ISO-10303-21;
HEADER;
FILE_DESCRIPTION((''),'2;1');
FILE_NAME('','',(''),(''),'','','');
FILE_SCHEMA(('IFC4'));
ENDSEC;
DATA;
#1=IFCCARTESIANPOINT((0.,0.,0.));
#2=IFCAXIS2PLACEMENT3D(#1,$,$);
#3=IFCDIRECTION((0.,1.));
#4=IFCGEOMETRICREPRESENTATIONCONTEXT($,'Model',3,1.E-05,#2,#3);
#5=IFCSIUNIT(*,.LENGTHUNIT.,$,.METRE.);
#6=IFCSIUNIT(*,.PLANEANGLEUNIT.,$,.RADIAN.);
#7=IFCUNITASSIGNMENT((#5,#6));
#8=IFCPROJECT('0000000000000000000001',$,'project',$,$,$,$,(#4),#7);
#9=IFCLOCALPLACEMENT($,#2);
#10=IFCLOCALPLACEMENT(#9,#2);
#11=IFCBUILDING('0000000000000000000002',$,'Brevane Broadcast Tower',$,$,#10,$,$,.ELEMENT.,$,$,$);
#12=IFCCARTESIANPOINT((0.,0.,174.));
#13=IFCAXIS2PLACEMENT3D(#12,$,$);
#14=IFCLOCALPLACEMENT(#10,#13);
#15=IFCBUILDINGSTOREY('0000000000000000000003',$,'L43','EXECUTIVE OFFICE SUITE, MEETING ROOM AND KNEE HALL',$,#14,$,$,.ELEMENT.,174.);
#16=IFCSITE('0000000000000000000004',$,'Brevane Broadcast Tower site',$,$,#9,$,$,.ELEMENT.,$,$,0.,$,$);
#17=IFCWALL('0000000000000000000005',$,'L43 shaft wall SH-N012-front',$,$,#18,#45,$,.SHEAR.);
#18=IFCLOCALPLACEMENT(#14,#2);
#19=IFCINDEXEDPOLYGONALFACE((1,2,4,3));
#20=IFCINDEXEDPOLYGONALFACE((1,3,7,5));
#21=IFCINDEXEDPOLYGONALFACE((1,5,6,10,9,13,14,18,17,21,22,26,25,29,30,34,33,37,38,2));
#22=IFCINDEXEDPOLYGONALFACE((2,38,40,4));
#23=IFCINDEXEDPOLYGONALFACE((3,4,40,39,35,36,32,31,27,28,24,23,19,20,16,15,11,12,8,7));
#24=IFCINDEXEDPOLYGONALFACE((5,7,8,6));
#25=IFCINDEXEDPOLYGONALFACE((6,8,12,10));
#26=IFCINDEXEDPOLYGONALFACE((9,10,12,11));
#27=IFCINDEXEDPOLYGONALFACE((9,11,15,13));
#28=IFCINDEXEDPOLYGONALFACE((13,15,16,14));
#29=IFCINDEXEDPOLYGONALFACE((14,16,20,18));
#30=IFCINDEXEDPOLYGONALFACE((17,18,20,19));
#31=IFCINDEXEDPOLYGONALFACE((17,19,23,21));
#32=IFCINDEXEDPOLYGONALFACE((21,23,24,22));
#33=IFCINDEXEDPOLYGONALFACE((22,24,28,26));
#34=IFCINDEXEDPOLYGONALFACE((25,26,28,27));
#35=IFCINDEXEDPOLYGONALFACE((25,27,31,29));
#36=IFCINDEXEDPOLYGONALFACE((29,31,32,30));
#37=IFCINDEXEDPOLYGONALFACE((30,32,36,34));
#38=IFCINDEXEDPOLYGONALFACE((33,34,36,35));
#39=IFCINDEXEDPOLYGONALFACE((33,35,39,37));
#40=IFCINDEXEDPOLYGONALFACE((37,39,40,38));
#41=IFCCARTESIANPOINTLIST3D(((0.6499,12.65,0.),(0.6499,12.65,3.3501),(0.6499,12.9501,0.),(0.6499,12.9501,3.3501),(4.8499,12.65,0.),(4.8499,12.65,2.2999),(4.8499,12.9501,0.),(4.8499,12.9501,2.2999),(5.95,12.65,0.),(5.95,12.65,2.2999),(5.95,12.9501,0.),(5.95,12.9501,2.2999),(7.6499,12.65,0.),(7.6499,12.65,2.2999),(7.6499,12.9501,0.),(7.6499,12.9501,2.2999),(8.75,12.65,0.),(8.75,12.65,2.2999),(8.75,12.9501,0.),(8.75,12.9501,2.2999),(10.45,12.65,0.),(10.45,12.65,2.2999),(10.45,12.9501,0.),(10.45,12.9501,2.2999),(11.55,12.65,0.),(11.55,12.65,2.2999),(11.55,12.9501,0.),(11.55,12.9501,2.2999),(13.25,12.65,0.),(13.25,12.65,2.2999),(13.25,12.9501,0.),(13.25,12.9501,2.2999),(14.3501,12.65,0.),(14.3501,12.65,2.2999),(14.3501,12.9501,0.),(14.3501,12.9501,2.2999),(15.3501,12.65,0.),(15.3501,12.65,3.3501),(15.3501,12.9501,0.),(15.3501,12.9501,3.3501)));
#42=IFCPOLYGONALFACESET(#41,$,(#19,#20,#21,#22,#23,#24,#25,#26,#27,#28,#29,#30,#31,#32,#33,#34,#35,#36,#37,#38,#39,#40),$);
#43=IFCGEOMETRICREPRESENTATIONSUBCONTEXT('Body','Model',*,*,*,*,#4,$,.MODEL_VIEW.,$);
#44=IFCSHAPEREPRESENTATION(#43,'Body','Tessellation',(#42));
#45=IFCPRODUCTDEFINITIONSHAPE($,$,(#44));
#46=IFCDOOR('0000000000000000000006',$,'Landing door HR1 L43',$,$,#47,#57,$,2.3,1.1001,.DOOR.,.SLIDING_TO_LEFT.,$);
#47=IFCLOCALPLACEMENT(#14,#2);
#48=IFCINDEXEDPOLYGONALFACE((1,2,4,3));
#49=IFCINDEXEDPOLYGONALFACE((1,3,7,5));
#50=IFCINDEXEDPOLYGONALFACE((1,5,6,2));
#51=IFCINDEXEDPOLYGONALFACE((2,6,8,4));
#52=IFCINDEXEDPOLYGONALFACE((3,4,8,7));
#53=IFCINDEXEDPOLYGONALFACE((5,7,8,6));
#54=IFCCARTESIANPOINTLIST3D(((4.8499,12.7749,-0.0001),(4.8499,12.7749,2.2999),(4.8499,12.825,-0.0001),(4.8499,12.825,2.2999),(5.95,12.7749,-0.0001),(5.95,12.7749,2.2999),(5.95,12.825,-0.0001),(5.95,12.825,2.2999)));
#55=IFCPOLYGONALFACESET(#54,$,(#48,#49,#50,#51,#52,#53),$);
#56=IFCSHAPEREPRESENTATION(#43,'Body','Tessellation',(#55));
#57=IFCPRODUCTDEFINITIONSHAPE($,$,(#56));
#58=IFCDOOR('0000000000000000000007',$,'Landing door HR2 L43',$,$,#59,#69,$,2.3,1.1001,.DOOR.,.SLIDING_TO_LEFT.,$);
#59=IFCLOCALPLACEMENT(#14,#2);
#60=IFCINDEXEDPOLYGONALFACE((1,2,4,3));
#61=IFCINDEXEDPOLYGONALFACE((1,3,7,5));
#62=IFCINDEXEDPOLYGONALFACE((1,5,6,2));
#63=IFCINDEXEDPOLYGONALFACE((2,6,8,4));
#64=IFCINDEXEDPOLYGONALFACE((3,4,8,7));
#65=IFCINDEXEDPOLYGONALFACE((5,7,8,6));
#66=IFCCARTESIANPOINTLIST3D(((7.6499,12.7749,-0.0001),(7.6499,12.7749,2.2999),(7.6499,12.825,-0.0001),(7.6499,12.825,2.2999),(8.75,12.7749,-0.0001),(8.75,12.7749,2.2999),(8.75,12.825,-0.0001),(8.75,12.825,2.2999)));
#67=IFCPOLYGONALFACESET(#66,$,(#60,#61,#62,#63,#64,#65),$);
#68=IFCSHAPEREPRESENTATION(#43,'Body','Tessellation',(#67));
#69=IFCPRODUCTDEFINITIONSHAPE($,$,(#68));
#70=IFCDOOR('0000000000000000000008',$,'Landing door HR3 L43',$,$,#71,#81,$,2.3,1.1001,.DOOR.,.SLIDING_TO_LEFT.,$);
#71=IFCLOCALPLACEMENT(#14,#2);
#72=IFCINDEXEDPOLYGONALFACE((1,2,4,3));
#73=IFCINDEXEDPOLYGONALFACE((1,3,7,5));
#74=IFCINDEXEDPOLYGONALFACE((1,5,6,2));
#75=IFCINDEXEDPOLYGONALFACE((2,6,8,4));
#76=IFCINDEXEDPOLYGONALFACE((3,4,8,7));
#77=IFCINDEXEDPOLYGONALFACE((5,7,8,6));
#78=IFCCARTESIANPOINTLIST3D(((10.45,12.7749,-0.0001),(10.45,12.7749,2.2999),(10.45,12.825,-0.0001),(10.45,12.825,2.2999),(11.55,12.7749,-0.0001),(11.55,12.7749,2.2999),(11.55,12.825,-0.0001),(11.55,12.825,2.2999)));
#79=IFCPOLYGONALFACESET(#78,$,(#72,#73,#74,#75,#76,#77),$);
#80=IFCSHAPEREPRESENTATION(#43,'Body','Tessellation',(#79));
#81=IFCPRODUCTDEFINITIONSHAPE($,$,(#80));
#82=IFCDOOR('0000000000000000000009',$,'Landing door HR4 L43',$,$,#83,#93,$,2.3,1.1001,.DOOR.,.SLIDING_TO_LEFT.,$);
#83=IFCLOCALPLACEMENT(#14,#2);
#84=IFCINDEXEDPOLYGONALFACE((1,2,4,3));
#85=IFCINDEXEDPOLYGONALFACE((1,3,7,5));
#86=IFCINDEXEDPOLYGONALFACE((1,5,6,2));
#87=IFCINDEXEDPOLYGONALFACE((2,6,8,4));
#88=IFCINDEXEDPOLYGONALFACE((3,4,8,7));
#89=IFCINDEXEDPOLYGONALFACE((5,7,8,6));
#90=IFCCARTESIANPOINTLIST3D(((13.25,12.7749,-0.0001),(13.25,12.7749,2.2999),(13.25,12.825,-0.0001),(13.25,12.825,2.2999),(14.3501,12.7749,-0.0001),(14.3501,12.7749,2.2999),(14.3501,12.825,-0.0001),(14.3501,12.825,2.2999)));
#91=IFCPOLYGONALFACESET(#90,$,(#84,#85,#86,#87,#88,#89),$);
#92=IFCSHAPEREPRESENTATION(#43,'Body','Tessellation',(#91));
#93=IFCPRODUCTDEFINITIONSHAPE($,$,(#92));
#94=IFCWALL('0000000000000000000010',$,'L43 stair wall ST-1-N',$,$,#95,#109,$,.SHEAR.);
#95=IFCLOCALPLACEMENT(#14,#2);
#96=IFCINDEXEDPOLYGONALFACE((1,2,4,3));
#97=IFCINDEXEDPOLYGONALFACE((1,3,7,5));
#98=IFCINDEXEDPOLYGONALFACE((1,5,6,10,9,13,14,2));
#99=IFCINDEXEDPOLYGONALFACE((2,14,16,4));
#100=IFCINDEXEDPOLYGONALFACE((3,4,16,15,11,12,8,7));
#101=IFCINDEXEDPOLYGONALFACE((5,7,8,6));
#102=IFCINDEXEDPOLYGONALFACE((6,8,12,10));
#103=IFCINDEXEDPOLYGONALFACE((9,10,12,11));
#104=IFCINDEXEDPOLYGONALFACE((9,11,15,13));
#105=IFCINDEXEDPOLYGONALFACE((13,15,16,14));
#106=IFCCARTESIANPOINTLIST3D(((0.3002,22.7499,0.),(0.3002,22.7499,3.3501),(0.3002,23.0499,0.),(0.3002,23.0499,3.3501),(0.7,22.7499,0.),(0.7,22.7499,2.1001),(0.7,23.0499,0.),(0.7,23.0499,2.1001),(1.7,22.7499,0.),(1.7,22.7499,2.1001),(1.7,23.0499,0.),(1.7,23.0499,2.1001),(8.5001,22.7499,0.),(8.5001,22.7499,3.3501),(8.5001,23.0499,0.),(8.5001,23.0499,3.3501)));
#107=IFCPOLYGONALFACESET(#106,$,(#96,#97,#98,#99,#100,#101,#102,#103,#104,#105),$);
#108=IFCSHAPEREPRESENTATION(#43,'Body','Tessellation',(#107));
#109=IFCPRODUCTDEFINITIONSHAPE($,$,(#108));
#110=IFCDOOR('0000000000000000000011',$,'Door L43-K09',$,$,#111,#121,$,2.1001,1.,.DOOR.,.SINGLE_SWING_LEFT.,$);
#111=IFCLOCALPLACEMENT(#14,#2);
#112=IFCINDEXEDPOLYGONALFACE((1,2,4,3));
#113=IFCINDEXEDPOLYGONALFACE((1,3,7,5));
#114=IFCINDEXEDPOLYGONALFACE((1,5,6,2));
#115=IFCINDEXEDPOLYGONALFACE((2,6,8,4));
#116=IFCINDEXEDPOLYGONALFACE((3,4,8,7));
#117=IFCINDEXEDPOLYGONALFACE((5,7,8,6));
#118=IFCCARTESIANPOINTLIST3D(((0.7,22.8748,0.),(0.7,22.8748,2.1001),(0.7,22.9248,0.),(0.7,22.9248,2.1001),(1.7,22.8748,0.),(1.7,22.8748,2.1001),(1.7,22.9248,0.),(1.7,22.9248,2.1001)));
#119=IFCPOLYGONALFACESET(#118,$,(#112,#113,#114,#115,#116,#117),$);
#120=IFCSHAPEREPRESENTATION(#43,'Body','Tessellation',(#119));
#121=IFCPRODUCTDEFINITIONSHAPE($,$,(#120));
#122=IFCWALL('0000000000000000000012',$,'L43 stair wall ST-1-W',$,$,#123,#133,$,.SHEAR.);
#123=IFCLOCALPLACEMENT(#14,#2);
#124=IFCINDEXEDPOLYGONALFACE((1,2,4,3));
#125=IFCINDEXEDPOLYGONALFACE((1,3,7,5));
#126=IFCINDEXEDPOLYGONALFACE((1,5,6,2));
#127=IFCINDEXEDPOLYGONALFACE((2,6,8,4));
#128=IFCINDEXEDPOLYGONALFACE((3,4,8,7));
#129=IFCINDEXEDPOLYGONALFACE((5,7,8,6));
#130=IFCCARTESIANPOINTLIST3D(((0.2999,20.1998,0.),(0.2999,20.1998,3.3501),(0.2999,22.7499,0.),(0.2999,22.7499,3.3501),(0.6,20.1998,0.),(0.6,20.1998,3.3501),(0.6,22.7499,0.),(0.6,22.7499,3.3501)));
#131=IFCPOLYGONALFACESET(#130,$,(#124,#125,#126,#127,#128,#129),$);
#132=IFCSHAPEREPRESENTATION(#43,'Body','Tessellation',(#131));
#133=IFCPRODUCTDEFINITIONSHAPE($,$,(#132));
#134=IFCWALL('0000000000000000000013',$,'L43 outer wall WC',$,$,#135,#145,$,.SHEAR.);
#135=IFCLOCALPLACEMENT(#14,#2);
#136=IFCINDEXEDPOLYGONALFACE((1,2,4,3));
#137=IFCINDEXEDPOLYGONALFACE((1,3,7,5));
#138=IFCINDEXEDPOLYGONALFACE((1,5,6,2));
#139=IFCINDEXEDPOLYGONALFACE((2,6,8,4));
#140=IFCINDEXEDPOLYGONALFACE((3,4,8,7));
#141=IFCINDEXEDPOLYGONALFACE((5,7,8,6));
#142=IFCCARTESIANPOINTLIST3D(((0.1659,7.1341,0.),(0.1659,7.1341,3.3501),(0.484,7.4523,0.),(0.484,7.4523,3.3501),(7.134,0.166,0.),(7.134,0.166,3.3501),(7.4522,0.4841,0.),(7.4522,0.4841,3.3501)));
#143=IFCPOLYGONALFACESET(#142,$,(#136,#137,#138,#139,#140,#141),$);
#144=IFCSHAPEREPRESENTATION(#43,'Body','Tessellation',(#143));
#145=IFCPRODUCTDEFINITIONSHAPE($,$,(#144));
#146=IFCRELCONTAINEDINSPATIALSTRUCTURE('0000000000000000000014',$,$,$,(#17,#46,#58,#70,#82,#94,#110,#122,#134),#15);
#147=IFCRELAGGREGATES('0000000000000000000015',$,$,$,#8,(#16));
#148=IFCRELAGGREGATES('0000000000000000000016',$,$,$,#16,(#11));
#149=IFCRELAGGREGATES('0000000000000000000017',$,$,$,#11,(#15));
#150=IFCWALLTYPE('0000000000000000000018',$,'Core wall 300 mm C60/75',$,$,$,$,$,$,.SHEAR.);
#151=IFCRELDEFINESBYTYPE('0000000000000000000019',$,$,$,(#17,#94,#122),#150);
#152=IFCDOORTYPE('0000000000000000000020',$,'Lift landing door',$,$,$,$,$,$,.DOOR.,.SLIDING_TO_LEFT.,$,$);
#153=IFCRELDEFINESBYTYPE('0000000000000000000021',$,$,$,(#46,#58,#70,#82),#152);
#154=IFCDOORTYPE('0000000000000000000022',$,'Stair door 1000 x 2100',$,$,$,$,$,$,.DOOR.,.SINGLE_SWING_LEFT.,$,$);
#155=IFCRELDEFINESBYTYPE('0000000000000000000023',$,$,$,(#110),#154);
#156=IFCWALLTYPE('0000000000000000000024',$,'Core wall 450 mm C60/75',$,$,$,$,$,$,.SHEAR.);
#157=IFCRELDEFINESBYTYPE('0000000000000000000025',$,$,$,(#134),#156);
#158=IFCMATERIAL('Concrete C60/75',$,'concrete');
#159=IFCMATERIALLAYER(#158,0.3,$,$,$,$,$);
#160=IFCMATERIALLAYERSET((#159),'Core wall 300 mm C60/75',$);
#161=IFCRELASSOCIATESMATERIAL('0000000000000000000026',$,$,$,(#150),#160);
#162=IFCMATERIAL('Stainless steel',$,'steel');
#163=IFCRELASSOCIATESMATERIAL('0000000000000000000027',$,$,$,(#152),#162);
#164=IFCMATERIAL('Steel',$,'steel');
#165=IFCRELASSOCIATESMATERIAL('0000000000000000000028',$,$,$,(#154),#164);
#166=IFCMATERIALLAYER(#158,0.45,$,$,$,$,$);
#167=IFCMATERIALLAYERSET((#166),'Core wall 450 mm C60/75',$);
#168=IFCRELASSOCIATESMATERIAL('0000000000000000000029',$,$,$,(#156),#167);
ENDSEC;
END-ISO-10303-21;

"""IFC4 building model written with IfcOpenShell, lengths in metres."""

from ifc_helpers import new_model, si_unit, direction, frame, frame_2d, origin, place, context, subcontext, project, spatial, rectangle, extrude, material, layer, layer_set, type_object, element, fill, save


model = new_model("IFC4")

# Units and contexts
model_context = context("Model", 3, precision=1e-05, world=origin(), true_north=direction((0.0, 1.0)))
body_context = subcontext(model_context, "Body", "Model", "MODEL_VIEW")
ifc_project = project(units=[si_unit("LENGTHUNIT", "METRE"), si_unit("PLANEANGLEUNIT", "RADIAN")], contexts=[model_context])

# Site, building, storey
site_placement = place(None, origin())
site = spatial("IfcSite", under=ifc_project, at=site_placement, Name="Brevane Broadcast Tower site", CompositionType="ELEMENT", RefElevation=0.0)
building_placement = place(site_placement, origin())
building = spatial("IfcBuilding", under=site, at=building_placement, Name="Brevane Broadcast Tower", CompositionType="ELEMENT")
storey_placement = place(building_placement, frame((0.0, 0.0, 174.0)))
storey = spatial("IfcBuildingStorey", under=building, at=storey_placement, Name="L43", Description="EXECUTIVE OFFICE SUITE, MEETING ROOM AND KNEE HALL", CompositionType="ELEMENT", Elevation=174.0)

# Shared definitions
ifc_material_1 = material(Name="Concrete C60/75", Category="concrete")

# Wall, openings, doors
ifc_layer_1 = layer(ifc_material_1, 0.3)
ifc_layer_set_1 = layer_set([ifc_layer_1], Name="Core wall 300 mm C60/75")
wall_type_1 = type_object("IfcWallType", Name="Core wall 300 mm C60/75", PredefinedType="SHEAR", material=ifc_layer_set_1)
wall_1_placement = place(storey_placement, frame((0.6499, 12.8, 0.0), z_axis=(0.0, 0.0, 1.0), x_axis=(1.0, 0.0, 0.0)))
wall_1 = element("IfcWall", 1, at=wall_1_placement, inside=storey, type_object=wall_type_1, Name="L43 shaft wall SH-N012-front", PredefinedType="SHEAR", context=body_context, shape_type="SweptSolid", body=[
    extrude(rectangle(XDim=14.7002, YDim=0.3, at=frame_2d((7.3501, 0.0))), origin(), (0.0, 0.0, 1.0), 3.3501),
])
opening_1_placement = place(wall_1_placement, frame((4.2, 0.0, 0.0)))
opening_1 = element("IfcOpeningElement", 2, at=opening_1_placement, cuts=wall_1, PredefinedType="OPENING", context=body_context, shape_type="SweptSolid", body=[
    extrude(rectangle(XDim=1.1001, YDim=2.3, at=frame_2d((0.55, 1.1499))), frame((0.0, 0.1599, 0.0), z_axis=(0.0, -1.0, 0.0), x_axis=(1.0, 0.0, 0.0)), (0.0, 0.0, 1.0), 0.3201),
])
opening_2_placement = place(wall_1_placement, frame((7.0, 0.0, 0.0)))
opening_2 = element("IfcOpeningElement", 3, at=opening_2_placement, cuts=wall_1, PredefinedType="OPENING", context=body_context, shape_type="SweptSolid", body=[
    extrude(rectangle(XDim=1.1001, YDim=2.3, at=frame_2d((0.55, 1.1499))), frame((0.0, 0.1599, 0.0), z_axis=(0.0, -1.0, 0.0), x_axis=(1.0, 0.0, 0.0)), (0.0, 0.0, 1.0), 0.3201),
])
opening_3_placement = place(wall_1_placement, frame((9.8, 0.0, 0.0)))
opening_3 = element("IfcOpeningElement", 4, at=opening_3_placement, cuts=wall_1, PredefinedType="OPENING", context=body_context, shape_type="SweptSolid", body=[
    extrude(rectangle(XDim=1.1001, YDim=2.3, at=frame_2d((0.55, 1.1499))), frame((0.0, 0.1599, 0.0), z_axis=(0.0, -1.0, 0.0), x_axis=(1.0, 0.0, 0.0)), (0.0, 0.0, 1.0), 0.3201),
])
opening_4_placement = place(wall_1_placement, frame((12.6001, 0.0, 0.0)))
opening_4 = element("IfcOpeningElement", 5, at=opening_4_placement, cuts=wall_1, PredefinedType="OPENING", context=body_context, shape_type="SweptSolid", body=[
    extrude(rectangle(XDim=1.1001, YDim=2.3, at=frame_2d((0.55, 1.1499))), frame((0.0, 0.1599, 0.0), z_axis=(0.0, -1.0, 0.0), x_axis=(1.0, 0.0, 0.0)), (0.0, 0.0, 1.0), 0.3201),
])
ifc_material_2 = material(Name="Stainless steel", Category="steel")
door_type_1 = type_object("IfcDoorType", Name="Lift landing door", OperationType="SLIDING_TO_LEFT", PredefinedType="DOOR", material=ifc_material_2)
door_1_placement = place(opening_1_placement, origin())
door_1 = element("IfcDoor", 6, at=door_1_placement, inside=storey, type_object=door_type_1, Name="Landing door HR1 L43", OperationType="SLIDING_TO_LEFT", OverallHeight=2.3, OverallWidth=1.1001, PredefinedType="DOOR", context=body_context, shape_type="SweptSolid", body=[
    extrude(rectangle(XDim=1.1001, YDim=2.3, at=frame_2d((0.55, 1.1499))), frame((0.0, 0.0249, 0.0), z_axis=(0.0, -1.0, 0.0), x_axis=(1.0, 0.0, 0.0)), (0.0, 0.0, 1.0), 0.05),
])
fill(opening_1, door_1)
door_2_placement = place(opening_2_placement, origin())
door_2 = element("IfcDoor", 7, at=door_2_placement, inside=storey, type_object=door_type_1, Name="Landing door HR2 L43", OperationType="SLIDING_TO_LEFT", OverallHeight=2.3, OverallWidth=1.1001, PredefinedType="DOOR", context=body_context, shape_type="SweptSolid", body=[
    extrude(rectangle(XDim=1.1001, YDim=2.3, at=frame_2d((0.55, 1.1499))), frame((0.0, 0.0249, 0.0), z_axis=(0.0, -1.0, 0.0), x_axis=(1.0, 0.0, 0.0)), (0.0, 0.0, 1.0), 0.05),
])
fill(opening_2, door_2)
door_3_placement = place(opening_3_placement, origin())
door_3 = element("IfcDoor", 8, at=door_3_placement, inside=storey, type_object=door_type_1, Name="Landing door HR3 L43", OperationType="SLIDING_TO_LEFT", OverallHeight=2.3, OverallWidth=1.1001, PredefinedType="DOOR", context=body_context, shape_type="SweptSolid", body=[
    extrude(rectangle(XDim=1.1001, YDim=2.3, at=frame_2d((0.55, 1.1499))), frame((0.0, 0.0249, 0.0), z_axis=(0.0, -1.0, 0.0), x_axis=(1.0, 0.0, 0.0)), (0.0, 0.0, 1.0), 0.05),
])
fill(opening_3, door_3)
door_4_placement = place(opening_4_placement, origin())
door_4 = element("IfcDoor", 9, at=door_4_placement, inside=storey, type_object=door_type_1, Name="Landing door HR4 L43", OperationType="SLIDING_TO_LEFT", OverallHeight=2.3, OverallWidth=1.1001, PredefinedType="DOOR", context=body_context, shape_type="SweptSolid", body=[
    extrude(rectangle(XDim=1.1001, YDim=2.3, at=frame_2d((0.55, 1.1499))), frame((0.0, 0.0249, 0.0), z_axis=(0.0, -1.0, 0.0), x_axis=(1.0, 0.0, 0.0)), (0.0, 0.0, 1.0), 0.05),
])
fill(opening_4, door_4)

# Wall, opening, door
wall_2_placement = place(storey_placement, frame((0.3, 22.8999, 0.0), z_axis=(0.0, 0.0, 1.0), x_axis=(1.0, 0.0, 0.0)))
wall_2 = element("IfcWall", 10, at=wall_2_placement, inside=storey, type_object=wall_type_1, Name="L43 stair wall ST-1-N", PredefinedType="SHEAR", context=body_context, shape_type="SweptSolid", body=[
    extrude(rectangle(XDim=8.2, YDim=0.3, at=frame_2d((4.1001, 0.0))), origin(), (0.0, 0.0, 1.0), 3.3501),
])
opening_5_placement = place(wall_2_placement, frame((0.3999, 0.0, 0.0)))
opening_5 = element("IfcOpeningElement", 11, at=opening_5_placement, cuts=wall_2, PredefinedType="OPENING", context=body_context, shape_type="SweptSolid", body=[
    extrude(rectangle(XDim=1.0, YDim=2.1001, at=frame_2d((0.5, 1.05))), frame((0.0, 0.1599, 0.0), z_axis=(0.0, -1.0, 0.0), x_axis=(1.0, 0.0, 0.0)), (0.0, 0.0, 1.0), 0.3201),
])
ifc_material_3 = material(Name="Steel", Category="steel")
door_type_2 = type_object("IfcDoorType", Name="Stair door 1000 x 2100", OperationType="SINGLE_SWING_LEFT", PredefinedType="DOOR", material=ifc_material_3)
door_5_placement = place(opening_5_placement, origin())
door_5 = element("IfcDoor", 12, at=door_5_placement, inside=storey, type_object=door_type_2, Name="Door L43-K09", OperationType="SINGLE_SWING_LEFT", OverallHeight=2.1001, OverallWidth=1.0, PredefinedType="DOOR", context=body_context, shape_type="SweptSolid", body=[
    extrude(rectangle(XDim=1.0, YDim=2.1001, at=frame_2d((0.5, 1.05))), frame((0.0, 0.0249, 0.0), z_axis=(0.0, -1.0, 0.0), x_axis=(1.0, 0.0, 0.0)), (0.0, 0.0, 1.0), 0.05),
])
fill(opening_5, door_5)

# Walls
wall_3_placement = place(storey_placement, frame((0.45, 20.2, 0.0), z_axis=(0.0, 0.0, 1.0), x_axis=(0.0, 1.0, 0.0)))
element("IfcWall", 13, at=wall_3_placement, inside=storey, type_object=wall_type_1, Name="L43 stair wall ST-1-W", PredefinedType="SHEAR", context=body_context, shape_type="SweptSolid", body=[
    extrude(rectangle(XDim=2.55, YDim=0.3, at=frame_2d((1.2749, 0.0))), origin(), (0.0, 0.0, 1.0), 3.3501),
])
ifc_layer_2 = layer(ifc_material_1, 0.45)
ifc_layer_set_2 = layer_set([ifc_layer_2], Name="Core wall 450 mm C60/75")
wall_type_2 = type_object("IfcWallType", Name="Core wall 450 mm C60/75", PredefinedType="SHEAR", material=ifc_layer_set_2)
wall_4_placement = place(storey_placement, frame((0.325, 7.2932, 0.0), z_axis=(0.0, 0.0, 1.0), x_axis=(0.707107, -0.707107, 0.0)))
element("IfcWall", 14, at=wall_4_placement, inside=storey, type_object=wall_type_2, Name="L43 outer wall WC", PredefinedType="SHEAR", context=body_context, shape_type="SweptSolid", body=[
    extrude(rectangle(XDim=9.8545, YDim=0.45, at=frame_2d((4.9272, 0.0))), origin(), (0.0, 0.0, 1.0), 3.3501),
])

save(model, "model.ifc")
